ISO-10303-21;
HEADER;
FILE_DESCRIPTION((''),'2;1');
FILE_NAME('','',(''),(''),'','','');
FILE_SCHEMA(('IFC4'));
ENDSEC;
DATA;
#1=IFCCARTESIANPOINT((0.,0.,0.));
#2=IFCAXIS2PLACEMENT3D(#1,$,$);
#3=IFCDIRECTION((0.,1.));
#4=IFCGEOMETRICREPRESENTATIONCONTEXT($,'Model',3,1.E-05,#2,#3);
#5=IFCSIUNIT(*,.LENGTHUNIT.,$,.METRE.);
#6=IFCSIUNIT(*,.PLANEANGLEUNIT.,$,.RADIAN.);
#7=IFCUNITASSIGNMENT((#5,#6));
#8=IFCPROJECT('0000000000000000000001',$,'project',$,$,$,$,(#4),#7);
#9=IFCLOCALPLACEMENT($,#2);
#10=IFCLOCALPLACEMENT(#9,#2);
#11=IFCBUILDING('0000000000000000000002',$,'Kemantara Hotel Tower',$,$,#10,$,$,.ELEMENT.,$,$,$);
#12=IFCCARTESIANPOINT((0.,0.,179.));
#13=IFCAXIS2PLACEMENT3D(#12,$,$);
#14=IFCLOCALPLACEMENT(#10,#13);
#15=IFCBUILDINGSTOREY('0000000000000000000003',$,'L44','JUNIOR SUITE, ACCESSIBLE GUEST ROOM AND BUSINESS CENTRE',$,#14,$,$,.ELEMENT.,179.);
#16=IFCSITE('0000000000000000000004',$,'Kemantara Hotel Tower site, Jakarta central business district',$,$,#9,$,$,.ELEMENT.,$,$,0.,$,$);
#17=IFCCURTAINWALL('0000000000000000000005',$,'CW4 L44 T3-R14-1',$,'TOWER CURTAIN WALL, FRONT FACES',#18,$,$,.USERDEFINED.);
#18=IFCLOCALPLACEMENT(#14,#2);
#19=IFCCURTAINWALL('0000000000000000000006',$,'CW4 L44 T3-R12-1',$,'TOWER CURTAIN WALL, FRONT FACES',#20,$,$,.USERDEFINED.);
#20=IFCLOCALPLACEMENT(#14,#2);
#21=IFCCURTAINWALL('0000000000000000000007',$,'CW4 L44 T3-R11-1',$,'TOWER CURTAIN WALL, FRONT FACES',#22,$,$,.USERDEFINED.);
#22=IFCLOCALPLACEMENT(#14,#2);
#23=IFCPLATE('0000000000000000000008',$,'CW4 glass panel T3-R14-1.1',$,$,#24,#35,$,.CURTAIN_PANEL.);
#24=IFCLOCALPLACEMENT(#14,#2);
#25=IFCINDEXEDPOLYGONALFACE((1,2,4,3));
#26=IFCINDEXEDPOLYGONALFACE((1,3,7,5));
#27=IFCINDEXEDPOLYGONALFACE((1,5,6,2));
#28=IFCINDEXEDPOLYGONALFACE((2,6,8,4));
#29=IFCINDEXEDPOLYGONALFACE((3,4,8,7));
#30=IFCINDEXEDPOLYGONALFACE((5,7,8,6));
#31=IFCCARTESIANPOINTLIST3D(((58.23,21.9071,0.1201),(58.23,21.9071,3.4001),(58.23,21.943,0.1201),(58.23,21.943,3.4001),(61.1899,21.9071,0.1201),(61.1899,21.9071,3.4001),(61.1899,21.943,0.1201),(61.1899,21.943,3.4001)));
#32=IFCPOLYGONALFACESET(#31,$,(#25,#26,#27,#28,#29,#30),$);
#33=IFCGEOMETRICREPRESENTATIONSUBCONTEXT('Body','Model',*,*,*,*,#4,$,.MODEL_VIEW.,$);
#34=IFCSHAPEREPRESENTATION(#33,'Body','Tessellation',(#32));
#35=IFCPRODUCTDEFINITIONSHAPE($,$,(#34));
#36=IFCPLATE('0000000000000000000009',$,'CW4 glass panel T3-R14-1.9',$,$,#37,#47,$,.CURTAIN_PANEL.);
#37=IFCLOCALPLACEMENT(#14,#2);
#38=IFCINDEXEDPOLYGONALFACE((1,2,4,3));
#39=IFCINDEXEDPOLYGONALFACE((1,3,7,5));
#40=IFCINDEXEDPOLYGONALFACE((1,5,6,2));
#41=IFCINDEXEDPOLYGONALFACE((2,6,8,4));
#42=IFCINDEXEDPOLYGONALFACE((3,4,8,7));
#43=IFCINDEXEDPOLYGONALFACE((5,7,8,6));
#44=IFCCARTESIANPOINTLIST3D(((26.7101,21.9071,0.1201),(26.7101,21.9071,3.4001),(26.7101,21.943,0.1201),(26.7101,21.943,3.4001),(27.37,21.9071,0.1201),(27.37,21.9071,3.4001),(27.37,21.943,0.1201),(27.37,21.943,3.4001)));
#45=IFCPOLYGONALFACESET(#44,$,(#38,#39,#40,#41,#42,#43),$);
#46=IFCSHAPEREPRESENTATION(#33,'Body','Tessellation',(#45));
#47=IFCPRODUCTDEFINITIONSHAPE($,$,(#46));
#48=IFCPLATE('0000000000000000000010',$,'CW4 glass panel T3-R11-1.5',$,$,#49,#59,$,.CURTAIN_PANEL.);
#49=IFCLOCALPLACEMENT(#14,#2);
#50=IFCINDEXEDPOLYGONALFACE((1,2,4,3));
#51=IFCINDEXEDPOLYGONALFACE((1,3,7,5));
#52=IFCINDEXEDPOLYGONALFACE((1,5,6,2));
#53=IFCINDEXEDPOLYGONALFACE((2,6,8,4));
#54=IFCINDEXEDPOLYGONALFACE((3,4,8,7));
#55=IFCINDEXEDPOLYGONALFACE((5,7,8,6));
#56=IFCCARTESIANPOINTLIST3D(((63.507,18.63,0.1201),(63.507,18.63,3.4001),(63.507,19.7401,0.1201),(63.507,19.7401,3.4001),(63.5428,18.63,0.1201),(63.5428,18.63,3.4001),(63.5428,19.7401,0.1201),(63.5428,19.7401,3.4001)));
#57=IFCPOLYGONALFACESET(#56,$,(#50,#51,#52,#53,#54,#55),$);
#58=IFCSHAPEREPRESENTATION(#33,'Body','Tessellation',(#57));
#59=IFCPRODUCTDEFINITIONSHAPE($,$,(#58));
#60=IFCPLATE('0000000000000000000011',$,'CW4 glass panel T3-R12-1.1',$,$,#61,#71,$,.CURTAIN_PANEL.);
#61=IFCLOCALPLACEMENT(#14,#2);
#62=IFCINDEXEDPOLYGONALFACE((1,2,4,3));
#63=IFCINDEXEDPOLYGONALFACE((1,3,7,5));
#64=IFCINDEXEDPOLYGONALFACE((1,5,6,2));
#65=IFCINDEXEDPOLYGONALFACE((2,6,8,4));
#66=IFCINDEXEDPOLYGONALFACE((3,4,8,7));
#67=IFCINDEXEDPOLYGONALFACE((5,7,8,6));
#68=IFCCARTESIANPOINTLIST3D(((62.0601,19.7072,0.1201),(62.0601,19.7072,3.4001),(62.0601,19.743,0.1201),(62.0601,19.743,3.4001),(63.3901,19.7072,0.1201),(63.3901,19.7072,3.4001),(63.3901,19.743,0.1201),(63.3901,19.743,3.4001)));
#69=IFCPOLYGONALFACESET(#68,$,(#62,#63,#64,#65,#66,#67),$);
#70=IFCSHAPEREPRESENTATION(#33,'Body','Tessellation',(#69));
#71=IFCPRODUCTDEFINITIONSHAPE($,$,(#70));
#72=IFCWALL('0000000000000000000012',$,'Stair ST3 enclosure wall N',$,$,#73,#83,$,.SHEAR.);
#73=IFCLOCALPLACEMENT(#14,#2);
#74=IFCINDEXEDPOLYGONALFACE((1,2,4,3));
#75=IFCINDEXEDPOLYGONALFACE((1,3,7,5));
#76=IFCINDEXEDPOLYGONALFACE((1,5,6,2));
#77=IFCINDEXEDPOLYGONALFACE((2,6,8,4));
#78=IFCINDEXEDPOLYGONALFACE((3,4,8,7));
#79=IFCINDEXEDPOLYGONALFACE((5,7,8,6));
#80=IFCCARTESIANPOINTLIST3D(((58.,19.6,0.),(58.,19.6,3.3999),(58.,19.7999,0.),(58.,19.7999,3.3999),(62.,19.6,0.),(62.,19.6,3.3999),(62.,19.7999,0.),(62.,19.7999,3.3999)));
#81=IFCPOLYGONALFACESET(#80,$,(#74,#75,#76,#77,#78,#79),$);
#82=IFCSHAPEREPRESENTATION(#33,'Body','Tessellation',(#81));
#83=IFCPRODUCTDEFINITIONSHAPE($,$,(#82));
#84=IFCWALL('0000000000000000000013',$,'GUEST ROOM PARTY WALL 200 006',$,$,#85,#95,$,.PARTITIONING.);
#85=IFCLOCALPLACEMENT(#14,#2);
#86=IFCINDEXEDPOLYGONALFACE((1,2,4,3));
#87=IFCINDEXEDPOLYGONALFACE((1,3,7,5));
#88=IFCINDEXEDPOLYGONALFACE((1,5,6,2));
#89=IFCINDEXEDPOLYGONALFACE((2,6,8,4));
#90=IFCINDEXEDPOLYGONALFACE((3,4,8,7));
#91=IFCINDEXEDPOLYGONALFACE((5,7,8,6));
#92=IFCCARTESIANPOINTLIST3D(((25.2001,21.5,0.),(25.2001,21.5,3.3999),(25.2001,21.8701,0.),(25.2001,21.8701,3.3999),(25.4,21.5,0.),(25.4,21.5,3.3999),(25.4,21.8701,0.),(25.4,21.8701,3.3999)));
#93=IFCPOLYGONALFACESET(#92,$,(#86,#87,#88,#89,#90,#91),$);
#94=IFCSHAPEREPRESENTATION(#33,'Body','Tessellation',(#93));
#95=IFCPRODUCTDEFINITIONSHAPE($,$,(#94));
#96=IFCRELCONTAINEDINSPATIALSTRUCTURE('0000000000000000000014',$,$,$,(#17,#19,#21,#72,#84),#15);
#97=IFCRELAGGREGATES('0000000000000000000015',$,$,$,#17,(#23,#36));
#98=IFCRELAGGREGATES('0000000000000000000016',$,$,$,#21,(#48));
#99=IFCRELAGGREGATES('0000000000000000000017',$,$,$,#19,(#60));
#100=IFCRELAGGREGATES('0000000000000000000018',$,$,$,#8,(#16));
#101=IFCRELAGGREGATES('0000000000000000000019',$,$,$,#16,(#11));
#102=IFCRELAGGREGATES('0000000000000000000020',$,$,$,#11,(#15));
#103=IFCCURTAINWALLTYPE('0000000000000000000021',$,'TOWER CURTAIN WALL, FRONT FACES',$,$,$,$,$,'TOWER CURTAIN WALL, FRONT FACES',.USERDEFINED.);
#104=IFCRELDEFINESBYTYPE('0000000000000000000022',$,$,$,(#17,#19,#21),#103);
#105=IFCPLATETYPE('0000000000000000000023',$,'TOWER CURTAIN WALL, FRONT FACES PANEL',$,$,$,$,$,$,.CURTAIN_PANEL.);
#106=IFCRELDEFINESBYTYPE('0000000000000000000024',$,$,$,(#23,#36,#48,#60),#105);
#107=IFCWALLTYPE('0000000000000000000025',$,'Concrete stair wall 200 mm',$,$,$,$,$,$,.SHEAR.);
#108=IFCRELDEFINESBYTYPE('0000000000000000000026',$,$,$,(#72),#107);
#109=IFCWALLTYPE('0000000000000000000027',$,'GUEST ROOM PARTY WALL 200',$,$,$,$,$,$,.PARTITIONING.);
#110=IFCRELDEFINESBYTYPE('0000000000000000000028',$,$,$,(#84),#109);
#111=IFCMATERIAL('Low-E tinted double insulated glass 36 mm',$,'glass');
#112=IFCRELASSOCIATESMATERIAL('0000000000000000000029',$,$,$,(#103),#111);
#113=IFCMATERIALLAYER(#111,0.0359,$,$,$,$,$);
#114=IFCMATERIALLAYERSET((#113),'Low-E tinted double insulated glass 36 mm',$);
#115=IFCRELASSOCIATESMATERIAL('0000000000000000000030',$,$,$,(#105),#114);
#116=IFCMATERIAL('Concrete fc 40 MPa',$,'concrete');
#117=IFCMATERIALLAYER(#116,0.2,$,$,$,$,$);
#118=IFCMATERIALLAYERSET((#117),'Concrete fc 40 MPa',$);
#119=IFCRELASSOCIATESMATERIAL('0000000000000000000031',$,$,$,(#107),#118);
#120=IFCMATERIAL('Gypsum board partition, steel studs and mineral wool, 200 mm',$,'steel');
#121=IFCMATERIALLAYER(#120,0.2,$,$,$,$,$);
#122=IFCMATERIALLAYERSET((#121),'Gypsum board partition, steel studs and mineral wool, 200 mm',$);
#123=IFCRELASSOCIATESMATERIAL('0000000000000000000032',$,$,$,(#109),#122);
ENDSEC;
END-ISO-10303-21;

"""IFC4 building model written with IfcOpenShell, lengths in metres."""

from ifc_helpers import new_model, si_unit, direction, frame, frame_2d, origin, origin_2d, place, context, subcontext, project, spatial, rectangle, extrude, source, transform, mapped, material, layer, layer_set, type_object, element, aggregate, save


model = new_model("IFC4")

# Units and contexts
model_context = context("Model", 3, precision=1e-05, world=origin(), true_north=direction((0.0, 1.0)))
body_context = subcontext(model_context, "Body", "Model", "MODEL_VIEW")
ifc_project = project(units=[si_unit("LENGTHUNIT", "METRE"), si_unit("PLANEANGLEUNIT", "RADIAN")], contexts=[model_context])

# Site, building, storey
site_placement = place(None, origin())
site = spatial("IfcSite", under=ifc_project, at=site_placement, Name="Kemantara Hotel Tower site, Jakarta central business district", CompositionType="ELEMENT", RefElevation=0.0)
building_placement = place(site_placement, origin())
building = spatial("IfcBuilding", under=site, at=building_placement, Name="Kemantara Hotel Tower", CompositionType="ELEMENT")
storey_placement = place(building_placement, frame((0.0, 0.0, 179.0)))
storey = spatial("IfcBuildingStorey", under=building, at=storey_placement, Name="L44", Description="JUNIOR SUITE, ACCESSIBLE GUEST ROOM AND BUSINESS CENTRE", CompositionType="ELEMENT", Elevation=179.0)

# Curtain walls
ifc_material_1 = material(Name="Low-E tinted double insulated glass 36 mm", Category="glass")
curtain_wall_type = type_object("IfcCurtainWallType", Name="TOWER CURTAIN WALL, FRONT FACES", ElementType="TOWER CURTAIN WALL, FRONT FACES", PredefinedType="USERDEFINED", material=ifc_material_1)
curtain_wall_1_placement = place(storey_placement, origin())
curtain_wall_1 = element("IfcCurtainWall", 1, at=curtain_wall_1_placement, inside=storey, type_object=curtain_wall_type, Name="CW4 L44 T3-R14-1", ObjectType="TOWER CURTAIN WALL, FRONT FACES", PredefinedType="USERDEFINED")
curtain_wall_2_placement = place(storey_placement, origin())
curtain_wall_2 = element("IfcCurtainWall", 2, at=curtain_wall_2_placement, inside=storey, type_object=curtain_wall_type, Name="CW4 L44 T3-R12-1", ObjectType="TOWER CURTAIN WALL, FRONT FACES", PredefinedType="USERDEFINED")
curtain_wall_3_placement = place(storey_placement, origin())
curtain_wall_3 = element("IfcCurtainWall", 3, at=curtain_wall_3_placement, inside=storey, type_object=curtain_wall_type, Name="CW4 L44 T3-R11-1", ObjectType="TOWER CURTAIN WALL, FRONT FACES", PredefinedType="USERDEFINED")

# Plates
ifc_layer_1 = layer(ifc_material_1, 0.0359)
ifc_layer_set_1 = layer_set([ifc_layer_1], Name="Low-E tinted double insulated glass 36 mm")
plate_type = type_object("IfcPlateType", Name="TOWER CURTAIN WALL, FRONT FACES PANEL", PredefinedType="CURTAIN_PANEL", material=ifc_layer_set_1)
shared_shape_1 = source(origin(), body_context, "Body", "SweptSolid", [
    extrude(rectangle(XDim=2.96, YDim=0.0359, at=origin_2d()), origin(), (0.0, 0.0, 1.0), 3.28),
])
plate_1_placement = place(storey_placement, frame((59.71, 21.925, 0.1201), z_axis=(0.0, 0.0, 1.0), x_axis=(-1.0, 0.0, 0.0)))
plate_1 = element("IfcPlate", 4, at=plate_1_placement, type_object=plate_type, Name="CW4 glass panel T3-R14-1.1", PredefinedType="CURTAIN_PANEL", context=body_context, shape_type="MappedRepresentation", body=[
    mapped(shared_shape_1, transform((0.0, 0.0, 0.0))),
])
shared_shape_2 = source(origin(), body_context, "Body", "SweptSolid", [
    extrude(rectangle(XDim=0.6599, YDim=0.0359, at=origin_2d()), origin(), (0.0, 0.0, 1.0), 3.28),
])
plate_2_placement = place(storey_placement, frame((27.04, 21.925, 0.1201), z_axis=(0.0, 0.0, 1.0), x_axis=(-1.0, 0.0, 0.0)))
plate_2 = element("IfcPlate", 5, at=plate_2_placement, type_object=plate_type, Name="CW4 glass panel T3-R14-1.9", PredefinedType="CURTAIN_PANEL", context=body_context, shape_type="MappedRepresentation", body=[
    mapped(shared_shape_2, transform((0.0, 0.0, 0.0))),
])
aggregate(curtain_wall_1, [plate_1, plate_2])
shared_shape_3 = source(origin(), body_context, "Body", "SweptSolid", [
    extrude(rectangle(XDim=1.1101, YDim=0.0359, at=origin_2d()), origin(), (0.0, 0.0, 1.0), 3.28),
])
plate_3_placement = place(storey_placement, frame((63.5249, 19.1851, 0.1201), z_axis=(0.0, 0.0, 1.0), x_axis=(0.0, 1.0, 0.0)))
plate_3 = element("IfcPlate", 6, at=plate_3_placement, type_object=plate_type, Name="CW4 glass panel T3-R11-1.5", PredefinedType="CURTAIN_PANEL", context=body_context, shape_type="MappedRepresentation", body=[
    mapped(shared_shape_3, transform((0.0, 0.0, 0.0))),
])
aggregate(curtain_wall_3, [plate_3])
shared_shape_4 = source(origin(), body_context, "Body", "SweptSolid", [
    extrude(rectangle(XDim=1.3301, YDim=0.0359, at=origin_2d()), origin(), (0.0, 0.0, 1.0), 3.28),
])
plate_4_placement = place(storey_placement, frame((62.7251, 19.7251, 0.1201), z_axis=(0.0, 0.0, 1.0), x_axis=(-1.0, 0.0, 0.0)))
plate_4 = element("IfcPlate", 7, at=plate_4_placement, type_object=plate_type, Name="CW4 glass panel T3-R12-1.1", PredefinedType="CURTAIN_PANEL", context=body_context, shape_type="MappedRepresentation", body=[
    mapped(shared_shape_4, transform((0.0, 0.0, 0.0))),
])
aggregate(curtain_wall_2, [plate_4])

# Walls
ifc_material_2 = material(Name="Concrete fc 40 MPa", Category="concrete")
ifc_layer_2 = layer(ifc_material_2, 0.2)
ifc_layer_set_2 = layer_set([ifc_layer_2], Name="Concrete fc 40 MPa")
wall_type_1 = type_object("IfcWallType", Name="Concrete stair wall 200 mm", PredefinedType="SHEAR", material=ifc_layer_set_2)
wall_1_placement = place(storey_placement, frame((58.0, 19.7, 0.0), z_axis=(0.0, 0.0, 1.0), x_axis=(1.0, 0.0, 0.0)))
element("IfcWall", 8, at=wall_1_placement, inside=storey, type_object=wall_type_1, Name="Stair ST3 enclosure wall N", PredefinedType="SHEAR", context=body_context, shape_type="SweptSolid", body=[
    extrude(rectangle(XDim=4.0, YDim=0.2, at=frame_2d((2.0, 0.0))), origin(), (0.0, 0.0, 1.0), 3.3999),
])
ifc_material_3 = material(Name="Gypsum board partition, steel studs and mineral wool, 200 mm", Category="steel")
ifc_layer_3 = layer(ifc_material_3, 0.2)
ifc_layer_set_3 = layer_set([ifc_layer_3], Name="Gypsum board partition, steel studs and mineral wool, 200 mm")
wall_type_2 = type_object("IfcWallType", Name="GUEST ROOM PARTY WALL 200", PredefinedType="PARTITIONING", material=ifc_layer_set_3)
wall_2_placement = place(storey_placement, frame((25.3, 21.5, 0.0), z_axis=(0.0, 0.0, 1.0), x_axis=(0.0, 1.0, 0.0)))
element("IfcWall", 9, at=wall_2_placement, inside=storey, type_object=wall_type_2, Name="GUEST ROOM PARTY WALL 200 006", PredefinedType="PARTITIONING", context=body_context, shape_type="SweptSolid", body=[
    extrude(rectangle(XDim=0.3701, YDim=0.2, at=frame_2d((0.1851, 0.0))), origin(), (0.0, 0.0, 1.0), 3.3999),
])

save(model, "model.ifc")
